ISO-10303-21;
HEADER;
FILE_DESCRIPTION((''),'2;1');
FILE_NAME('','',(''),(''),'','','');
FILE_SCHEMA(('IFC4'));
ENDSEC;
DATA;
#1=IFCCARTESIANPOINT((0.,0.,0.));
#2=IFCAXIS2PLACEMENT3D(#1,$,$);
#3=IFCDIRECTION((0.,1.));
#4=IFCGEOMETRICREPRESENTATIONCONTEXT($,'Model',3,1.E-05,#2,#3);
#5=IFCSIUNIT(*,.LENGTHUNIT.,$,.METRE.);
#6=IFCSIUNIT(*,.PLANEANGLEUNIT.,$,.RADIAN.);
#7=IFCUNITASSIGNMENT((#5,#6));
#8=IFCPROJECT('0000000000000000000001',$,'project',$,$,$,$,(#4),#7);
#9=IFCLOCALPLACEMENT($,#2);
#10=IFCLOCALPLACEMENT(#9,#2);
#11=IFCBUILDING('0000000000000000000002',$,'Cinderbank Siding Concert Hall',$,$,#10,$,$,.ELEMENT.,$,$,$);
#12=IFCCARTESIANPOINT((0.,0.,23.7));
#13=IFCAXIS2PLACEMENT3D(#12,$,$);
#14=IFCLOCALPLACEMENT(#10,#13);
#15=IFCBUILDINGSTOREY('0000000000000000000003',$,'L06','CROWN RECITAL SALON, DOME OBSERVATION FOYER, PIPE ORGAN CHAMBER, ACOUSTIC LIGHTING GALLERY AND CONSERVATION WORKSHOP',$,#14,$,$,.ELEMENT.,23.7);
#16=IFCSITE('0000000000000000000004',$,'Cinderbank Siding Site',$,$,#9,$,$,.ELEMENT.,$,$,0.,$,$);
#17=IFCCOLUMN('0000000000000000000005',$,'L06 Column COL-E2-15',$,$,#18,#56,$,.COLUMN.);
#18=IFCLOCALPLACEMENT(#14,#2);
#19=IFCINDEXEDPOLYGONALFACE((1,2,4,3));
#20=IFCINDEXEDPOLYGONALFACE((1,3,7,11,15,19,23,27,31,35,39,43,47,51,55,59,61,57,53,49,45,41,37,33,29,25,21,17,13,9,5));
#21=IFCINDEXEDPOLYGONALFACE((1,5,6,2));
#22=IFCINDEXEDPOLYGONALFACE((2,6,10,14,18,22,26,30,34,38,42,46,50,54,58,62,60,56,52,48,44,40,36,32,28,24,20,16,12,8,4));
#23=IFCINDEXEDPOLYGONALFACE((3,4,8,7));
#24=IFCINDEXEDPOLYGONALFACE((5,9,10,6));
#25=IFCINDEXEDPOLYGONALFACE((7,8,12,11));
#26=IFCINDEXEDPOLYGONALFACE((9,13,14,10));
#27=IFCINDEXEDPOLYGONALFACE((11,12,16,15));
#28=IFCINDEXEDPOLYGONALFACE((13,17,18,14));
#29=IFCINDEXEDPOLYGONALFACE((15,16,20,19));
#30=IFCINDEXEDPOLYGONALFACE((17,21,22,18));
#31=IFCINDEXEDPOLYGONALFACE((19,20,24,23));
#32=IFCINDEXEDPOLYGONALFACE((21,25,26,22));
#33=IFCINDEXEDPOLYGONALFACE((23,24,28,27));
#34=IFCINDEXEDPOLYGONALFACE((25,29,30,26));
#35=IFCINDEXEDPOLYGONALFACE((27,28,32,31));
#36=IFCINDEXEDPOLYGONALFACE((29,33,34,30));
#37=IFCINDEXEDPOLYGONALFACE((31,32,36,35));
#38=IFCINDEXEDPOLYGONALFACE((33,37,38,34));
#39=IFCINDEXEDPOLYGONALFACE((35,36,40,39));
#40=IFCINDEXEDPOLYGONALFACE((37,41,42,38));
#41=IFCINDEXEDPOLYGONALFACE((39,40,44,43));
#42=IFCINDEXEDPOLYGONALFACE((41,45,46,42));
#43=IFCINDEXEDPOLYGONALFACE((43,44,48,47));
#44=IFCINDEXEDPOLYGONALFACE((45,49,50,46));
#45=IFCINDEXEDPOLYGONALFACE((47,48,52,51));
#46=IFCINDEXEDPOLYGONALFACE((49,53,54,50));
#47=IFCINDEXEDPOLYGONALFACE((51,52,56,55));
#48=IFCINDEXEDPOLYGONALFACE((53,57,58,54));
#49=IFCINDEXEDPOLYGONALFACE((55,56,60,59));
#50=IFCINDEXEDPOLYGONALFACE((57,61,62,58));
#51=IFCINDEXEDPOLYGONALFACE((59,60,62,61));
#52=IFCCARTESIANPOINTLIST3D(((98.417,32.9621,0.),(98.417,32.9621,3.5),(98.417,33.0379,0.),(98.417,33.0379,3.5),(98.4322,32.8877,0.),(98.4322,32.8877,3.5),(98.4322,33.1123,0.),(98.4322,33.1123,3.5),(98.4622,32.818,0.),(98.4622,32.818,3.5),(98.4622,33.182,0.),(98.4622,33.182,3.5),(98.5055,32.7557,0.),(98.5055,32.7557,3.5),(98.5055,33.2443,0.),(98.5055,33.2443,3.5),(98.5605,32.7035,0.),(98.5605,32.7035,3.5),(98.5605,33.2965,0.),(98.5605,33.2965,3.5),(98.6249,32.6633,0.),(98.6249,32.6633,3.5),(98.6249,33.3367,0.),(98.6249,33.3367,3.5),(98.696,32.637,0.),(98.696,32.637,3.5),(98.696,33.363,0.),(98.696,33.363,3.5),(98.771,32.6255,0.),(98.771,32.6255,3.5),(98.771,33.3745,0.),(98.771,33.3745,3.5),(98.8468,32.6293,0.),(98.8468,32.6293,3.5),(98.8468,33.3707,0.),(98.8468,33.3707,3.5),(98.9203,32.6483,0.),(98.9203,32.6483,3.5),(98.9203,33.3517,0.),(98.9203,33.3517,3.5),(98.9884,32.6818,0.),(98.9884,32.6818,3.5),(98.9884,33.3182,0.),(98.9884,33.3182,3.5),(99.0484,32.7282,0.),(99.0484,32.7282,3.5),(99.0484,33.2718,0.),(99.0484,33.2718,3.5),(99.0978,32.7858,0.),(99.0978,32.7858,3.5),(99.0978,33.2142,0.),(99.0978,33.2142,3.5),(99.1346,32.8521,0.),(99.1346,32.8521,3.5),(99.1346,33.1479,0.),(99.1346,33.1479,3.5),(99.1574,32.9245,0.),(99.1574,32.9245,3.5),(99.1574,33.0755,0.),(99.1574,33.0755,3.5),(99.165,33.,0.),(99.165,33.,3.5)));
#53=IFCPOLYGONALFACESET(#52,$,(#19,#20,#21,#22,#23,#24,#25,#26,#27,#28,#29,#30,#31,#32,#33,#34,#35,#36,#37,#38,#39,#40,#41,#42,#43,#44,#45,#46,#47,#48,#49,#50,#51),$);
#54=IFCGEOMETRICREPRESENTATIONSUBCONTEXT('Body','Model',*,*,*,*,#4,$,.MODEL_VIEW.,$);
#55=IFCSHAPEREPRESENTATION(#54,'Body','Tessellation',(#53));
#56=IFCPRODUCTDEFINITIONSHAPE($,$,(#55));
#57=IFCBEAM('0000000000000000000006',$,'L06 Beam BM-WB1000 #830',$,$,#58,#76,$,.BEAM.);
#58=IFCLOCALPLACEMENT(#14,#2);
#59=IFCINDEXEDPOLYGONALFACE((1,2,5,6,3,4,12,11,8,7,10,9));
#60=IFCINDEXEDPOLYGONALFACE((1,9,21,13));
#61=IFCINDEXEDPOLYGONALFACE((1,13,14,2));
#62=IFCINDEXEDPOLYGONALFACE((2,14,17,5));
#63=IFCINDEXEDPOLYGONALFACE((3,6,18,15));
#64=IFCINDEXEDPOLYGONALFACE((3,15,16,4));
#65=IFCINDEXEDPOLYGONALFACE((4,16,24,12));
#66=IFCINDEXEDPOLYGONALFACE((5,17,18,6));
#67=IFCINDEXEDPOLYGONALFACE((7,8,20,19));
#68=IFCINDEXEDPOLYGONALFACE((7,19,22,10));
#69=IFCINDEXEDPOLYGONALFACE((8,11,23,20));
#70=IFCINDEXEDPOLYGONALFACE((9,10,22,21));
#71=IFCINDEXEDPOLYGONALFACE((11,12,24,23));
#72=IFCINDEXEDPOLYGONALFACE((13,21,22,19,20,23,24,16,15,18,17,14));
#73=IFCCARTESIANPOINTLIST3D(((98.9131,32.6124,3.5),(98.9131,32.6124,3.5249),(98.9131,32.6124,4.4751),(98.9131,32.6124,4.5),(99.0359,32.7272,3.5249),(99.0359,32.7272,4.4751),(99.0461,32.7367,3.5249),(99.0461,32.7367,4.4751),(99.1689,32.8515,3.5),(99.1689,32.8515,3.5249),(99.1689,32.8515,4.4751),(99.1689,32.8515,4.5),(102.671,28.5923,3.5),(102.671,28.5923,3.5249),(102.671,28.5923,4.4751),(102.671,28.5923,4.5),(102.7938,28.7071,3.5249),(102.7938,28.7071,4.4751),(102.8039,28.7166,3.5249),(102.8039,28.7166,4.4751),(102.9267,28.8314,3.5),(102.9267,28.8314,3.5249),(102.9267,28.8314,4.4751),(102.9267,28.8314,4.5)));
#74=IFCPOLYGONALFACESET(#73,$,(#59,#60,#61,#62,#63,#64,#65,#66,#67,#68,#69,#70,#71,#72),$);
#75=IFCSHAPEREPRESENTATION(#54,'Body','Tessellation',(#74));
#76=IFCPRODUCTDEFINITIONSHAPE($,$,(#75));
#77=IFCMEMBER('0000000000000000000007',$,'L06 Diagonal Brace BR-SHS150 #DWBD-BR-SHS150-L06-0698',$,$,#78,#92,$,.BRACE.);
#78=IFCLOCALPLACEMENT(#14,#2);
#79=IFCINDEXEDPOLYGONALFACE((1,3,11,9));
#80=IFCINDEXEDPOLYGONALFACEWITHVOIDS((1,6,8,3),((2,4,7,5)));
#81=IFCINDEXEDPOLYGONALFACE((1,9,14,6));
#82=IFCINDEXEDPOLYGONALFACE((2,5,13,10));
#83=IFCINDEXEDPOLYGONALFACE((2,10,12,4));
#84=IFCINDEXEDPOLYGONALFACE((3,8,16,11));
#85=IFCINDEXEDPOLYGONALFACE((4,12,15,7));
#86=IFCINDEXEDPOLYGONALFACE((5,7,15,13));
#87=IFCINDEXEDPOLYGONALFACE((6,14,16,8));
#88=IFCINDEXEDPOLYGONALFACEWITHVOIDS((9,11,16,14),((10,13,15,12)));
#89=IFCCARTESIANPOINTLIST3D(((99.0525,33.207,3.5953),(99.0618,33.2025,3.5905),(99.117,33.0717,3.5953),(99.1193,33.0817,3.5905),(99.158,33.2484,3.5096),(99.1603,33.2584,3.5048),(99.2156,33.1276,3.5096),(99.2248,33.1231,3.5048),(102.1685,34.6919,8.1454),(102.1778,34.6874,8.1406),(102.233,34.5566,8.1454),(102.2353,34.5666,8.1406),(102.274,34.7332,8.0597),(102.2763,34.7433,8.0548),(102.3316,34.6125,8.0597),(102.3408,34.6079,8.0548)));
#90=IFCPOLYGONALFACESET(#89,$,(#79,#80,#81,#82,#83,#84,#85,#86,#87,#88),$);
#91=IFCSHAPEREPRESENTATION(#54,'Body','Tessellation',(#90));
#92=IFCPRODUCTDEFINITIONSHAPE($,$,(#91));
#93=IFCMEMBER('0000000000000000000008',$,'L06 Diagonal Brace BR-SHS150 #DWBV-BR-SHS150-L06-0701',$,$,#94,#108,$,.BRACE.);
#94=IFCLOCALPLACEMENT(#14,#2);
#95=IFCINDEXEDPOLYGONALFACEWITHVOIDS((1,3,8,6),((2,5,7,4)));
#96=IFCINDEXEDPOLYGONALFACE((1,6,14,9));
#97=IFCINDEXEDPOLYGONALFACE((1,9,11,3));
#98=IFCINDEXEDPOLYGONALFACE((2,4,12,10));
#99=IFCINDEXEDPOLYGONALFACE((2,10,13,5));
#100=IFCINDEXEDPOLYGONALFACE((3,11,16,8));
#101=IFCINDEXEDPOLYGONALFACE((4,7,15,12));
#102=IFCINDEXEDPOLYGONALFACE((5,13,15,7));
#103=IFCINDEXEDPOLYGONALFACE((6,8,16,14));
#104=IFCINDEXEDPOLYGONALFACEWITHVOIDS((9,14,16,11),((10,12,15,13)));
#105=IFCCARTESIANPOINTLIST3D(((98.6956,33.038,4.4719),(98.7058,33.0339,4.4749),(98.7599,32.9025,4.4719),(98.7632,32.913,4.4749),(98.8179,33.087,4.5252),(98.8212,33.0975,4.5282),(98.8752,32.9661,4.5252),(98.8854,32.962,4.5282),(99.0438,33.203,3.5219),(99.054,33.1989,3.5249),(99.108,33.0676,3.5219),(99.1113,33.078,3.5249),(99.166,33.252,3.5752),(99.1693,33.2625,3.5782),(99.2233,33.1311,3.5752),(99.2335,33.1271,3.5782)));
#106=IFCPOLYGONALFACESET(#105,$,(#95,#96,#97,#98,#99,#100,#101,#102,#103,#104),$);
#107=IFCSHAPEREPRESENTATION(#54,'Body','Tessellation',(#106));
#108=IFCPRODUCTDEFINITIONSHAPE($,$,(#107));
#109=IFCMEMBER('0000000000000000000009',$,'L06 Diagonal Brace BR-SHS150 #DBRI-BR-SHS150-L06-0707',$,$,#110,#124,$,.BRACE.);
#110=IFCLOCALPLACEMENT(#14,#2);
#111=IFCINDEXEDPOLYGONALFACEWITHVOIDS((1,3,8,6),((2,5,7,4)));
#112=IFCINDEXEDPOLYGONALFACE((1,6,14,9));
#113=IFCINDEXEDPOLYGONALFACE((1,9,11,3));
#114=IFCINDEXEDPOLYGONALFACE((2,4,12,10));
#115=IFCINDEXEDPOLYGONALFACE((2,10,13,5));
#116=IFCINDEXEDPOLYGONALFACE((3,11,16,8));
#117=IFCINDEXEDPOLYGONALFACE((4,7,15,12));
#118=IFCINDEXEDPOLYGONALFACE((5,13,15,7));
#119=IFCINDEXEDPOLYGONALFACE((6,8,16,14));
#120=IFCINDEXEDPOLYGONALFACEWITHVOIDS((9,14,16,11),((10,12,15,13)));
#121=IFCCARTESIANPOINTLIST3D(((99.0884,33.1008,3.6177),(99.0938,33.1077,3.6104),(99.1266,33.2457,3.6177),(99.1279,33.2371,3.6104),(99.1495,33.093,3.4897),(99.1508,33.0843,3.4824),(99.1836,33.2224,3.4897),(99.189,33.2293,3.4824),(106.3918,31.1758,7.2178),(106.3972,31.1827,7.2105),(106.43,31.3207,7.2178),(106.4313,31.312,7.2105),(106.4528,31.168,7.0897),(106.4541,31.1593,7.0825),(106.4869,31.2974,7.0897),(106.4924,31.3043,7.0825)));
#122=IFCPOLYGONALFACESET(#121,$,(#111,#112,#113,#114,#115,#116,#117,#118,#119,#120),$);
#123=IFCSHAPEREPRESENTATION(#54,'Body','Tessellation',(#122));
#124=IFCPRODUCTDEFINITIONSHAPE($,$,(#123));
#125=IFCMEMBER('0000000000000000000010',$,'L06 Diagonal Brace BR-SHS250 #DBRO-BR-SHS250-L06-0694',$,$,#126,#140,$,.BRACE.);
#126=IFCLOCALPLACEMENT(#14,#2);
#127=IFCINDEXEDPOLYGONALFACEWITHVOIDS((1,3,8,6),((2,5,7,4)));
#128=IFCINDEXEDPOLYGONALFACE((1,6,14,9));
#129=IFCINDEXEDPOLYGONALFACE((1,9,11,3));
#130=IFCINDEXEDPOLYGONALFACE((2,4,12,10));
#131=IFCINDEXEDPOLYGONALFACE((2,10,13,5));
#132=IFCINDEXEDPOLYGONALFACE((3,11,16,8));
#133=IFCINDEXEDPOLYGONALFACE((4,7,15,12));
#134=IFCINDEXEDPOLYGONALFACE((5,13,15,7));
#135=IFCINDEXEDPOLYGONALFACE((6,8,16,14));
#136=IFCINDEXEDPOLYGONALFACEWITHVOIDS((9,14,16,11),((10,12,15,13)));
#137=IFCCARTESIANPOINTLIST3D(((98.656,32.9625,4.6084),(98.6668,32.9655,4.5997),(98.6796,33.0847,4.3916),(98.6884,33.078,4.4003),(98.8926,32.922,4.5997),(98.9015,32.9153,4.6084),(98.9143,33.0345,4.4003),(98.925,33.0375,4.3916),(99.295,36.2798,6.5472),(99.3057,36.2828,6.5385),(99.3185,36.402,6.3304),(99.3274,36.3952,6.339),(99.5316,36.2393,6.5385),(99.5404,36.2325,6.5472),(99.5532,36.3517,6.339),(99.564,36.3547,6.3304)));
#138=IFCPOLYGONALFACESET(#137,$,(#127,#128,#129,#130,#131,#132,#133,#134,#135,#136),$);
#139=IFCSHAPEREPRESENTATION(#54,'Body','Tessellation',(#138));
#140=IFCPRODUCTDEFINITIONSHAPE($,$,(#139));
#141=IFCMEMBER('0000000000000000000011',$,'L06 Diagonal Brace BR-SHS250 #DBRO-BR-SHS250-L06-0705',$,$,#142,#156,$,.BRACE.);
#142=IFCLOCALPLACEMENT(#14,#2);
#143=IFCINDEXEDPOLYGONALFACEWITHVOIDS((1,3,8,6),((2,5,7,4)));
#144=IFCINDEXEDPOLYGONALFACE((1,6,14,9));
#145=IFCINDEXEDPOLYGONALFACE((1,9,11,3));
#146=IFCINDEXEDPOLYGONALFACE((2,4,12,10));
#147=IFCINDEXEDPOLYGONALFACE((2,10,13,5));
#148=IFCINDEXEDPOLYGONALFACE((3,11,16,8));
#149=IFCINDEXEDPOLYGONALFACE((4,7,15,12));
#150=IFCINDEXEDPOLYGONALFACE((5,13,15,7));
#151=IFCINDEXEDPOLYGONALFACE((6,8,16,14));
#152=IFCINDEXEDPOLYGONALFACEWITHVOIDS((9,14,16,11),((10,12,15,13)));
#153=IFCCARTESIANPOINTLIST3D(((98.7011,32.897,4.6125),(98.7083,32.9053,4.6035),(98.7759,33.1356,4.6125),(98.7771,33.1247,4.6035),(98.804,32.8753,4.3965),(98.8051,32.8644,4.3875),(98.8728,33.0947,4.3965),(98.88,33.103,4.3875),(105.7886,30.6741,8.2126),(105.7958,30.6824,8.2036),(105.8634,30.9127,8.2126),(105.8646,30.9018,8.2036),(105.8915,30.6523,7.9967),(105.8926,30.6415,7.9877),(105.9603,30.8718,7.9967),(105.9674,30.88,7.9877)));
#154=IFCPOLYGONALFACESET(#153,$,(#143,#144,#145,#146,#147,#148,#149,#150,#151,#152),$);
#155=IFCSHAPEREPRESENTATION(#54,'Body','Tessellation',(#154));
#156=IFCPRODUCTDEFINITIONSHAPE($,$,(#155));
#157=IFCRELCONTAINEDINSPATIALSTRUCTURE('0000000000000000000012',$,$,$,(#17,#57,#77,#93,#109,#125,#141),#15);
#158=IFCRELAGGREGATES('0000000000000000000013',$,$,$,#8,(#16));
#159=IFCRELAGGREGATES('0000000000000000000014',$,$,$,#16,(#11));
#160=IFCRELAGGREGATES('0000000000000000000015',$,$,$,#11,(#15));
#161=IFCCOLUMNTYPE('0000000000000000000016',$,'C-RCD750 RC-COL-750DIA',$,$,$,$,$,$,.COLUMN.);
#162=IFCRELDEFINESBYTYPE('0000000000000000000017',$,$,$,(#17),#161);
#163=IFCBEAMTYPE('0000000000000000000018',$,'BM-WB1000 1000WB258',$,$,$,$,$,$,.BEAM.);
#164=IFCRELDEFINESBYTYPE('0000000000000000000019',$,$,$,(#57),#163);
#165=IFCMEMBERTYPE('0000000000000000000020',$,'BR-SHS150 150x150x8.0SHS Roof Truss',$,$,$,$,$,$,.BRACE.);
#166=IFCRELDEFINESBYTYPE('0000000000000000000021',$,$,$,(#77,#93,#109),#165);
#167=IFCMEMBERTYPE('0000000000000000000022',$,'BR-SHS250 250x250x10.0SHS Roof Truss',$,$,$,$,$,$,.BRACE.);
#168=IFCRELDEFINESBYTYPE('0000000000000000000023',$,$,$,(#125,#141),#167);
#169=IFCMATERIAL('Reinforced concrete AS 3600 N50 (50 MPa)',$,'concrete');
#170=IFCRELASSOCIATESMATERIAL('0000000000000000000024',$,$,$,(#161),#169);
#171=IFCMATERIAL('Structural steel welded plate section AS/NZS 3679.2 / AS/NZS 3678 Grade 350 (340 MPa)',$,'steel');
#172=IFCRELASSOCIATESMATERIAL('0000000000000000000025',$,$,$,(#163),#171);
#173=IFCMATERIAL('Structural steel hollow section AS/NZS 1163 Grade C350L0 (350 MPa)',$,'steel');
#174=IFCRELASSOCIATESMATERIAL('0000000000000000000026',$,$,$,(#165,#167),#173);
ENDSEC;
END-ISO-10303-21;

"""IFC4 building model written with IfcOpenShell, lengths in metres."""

from ifc_helpers import new_model, si_unit, direction, frame, origin, origin_2d, place, context, subcontext, project, spatial, hollow_rectangle, circle, i_section, extrude, material, material_profile, profile_set, type_object, element, save


model = new_model("IFC4")

# Units and contexts
model_context = context("Model", 3, precision=1e-05, world=origin(), true_north=direction((0.0, 1.0)))
body_context = subcontext(model_context, "Body", "Model", "MODEL_VIEW")
ifc_project = project(units=[si_unit("LENGTHUNIT", "METRE"), si_unit("PLANEANGLEUNIT", "RADIAN")], contexts=[model_context])

# Site, building, storey
site_placement = place(None, origin())
site = spatial("IfcSite", under=ifc_project, at=site_placement, Name="Cinderbank Siding Site", CompositionType="ELEMENT", RefElevation=0.0)
building_placement = place(site_placement, origin())
building = spatial("IfcBuilding", under=site, at=building_placement, Name="Cinderbank Siding Concert Hall", CompositionType="ELEMENT")
storey_placement = place(building_placement, frame((0.0, 0.0, 23.7)))
storey = spatial("IfcBuildingStorey", under=building, at=storey_placement, Name="L06", Description="CROWN RECITAL SALON, DOME OBSERVATION FOYER, PIPE ORGAN CHAMBER, ACOUSTIC LIGHTING GALLERY AND CONSERVATION WORKSHOP", CompositionType="ELEMENT", Elevation=23.7)

# Column
ifc_material_1 = material(Name="Reinforced concrete AS 3600 N50 (50 MPa)", Category="concrete")
ifc_material_profile_1 = material_profile(ifc_material_1, circle(Radius=0.375, at=origin_2d()), Name="RC-COL-750DIA", Category="LoadBearing")
ifc_profile_set_1 = profile_set([ifc_material_profile_1], Name="Reinforced concrete AS 3600 N50 (50 MPa)")
column_type = type_object("IfcColumnType", Name="C-RCD750 RC-COL-750DIA", PredefinedType="COLUMN", material=ifc_profile_set_1)
column_placement = place(storey_placement, frame((98.79, 33.0, 0.0), z_axis=(0.0, 0.0, 1.0), x_axis=(1.0, 0.0, 0.0)))
element("IfcColumn", 1, at=column_placement, inside=storey, type_object=column_type, Name="L06 Column COL-E2-15", PredefinedType="COLUMN", context=body_context, shape_type="SweptSolid", body=[
    extrude(circle(Radius=0.375, at=origin_2d()), origin(), (0.0, 0.0, 1.0), 3.5),
])

# Beam
ifc_material_2 = material(Name="Structural steel welded plate section AS/NZS 3679.2 / AS/NZS 3678 Grade 350 (340 MPa)", Category="steel")
ifc_material_profile_2 = material_profile(ifc_material_2, i_section(OverallWidth=0.3501, OverallDepth=1.0, WebThickness=0.0139, FlangeThickness=0.0249, at=origin_2d()), Name="1000WB258", Category="LoadBearing")
ifc_profile_set_2 = profile_set([ifc_material_profile_2], Name="Structural steel welded plate section AS/NZS 3679.2 / AS/NZS 3678 Grade 350 (340 MPa)")
beam_type = type_object("IfcBeamType", Name="BM-WB1000 1000WB258", PredefinedType="BEAM", material=ifc_profile_set_2)
beam_placement = place(storey_placement, frame((99.041, 32.7319, 4.0), z_axis=(0.682881, -0.73053, 0.0), x_axis=(0.73053, 0.682881, 0.0)))
element("IfcBeam", 2, at=beam_placement, inside=storey, type_object=beam_type, Name="L06 Beam BM-WB1000 #830", PredefinedType="BEAM", context=body_context, shape_type="SweptSolid", body=[
    extrude(i_section(OverallWidth=0.3501, OverallDepth=1.0, WebThickness=0.0139, FlangeThickness=0.0249, at=origin_2d()), origin(), (0.0, 0.0, 1.0), 5.5029),
])

# Members
ifc_material_3 = material(Name="Structural steel hollow section AS/NZS 1163 Grade C350L0 (350 MPa)", Category="steel")
ifc_material_profile_3 = material_profile(ifc_material_3, hollow_rectangle(XDim=0.1499, YDim=0.1499, WallThickness=0.0081, at=origin_2d()), Name="150x150x8.0SHS", Category="LoadBearing")
ifc_profile_set_3 = profile_set([ifc_material_profile_3], Name="Structural steel hollow section AS/NZS 1163 Grade C350L0 (350 MPa)")
member_type_1 = type_object("IfcMemberType", Name="BR-SHS150 150x150x8.0SHS Roof Truss", PredefinedType="BRACE", material=ifc_profile_set_3)
member_1_placement = place(storey_placement, frame((99.1387, 33.165, 3.55), z_axis=(0.545595, 0.259995, 0.796698), x_axis=(-0.430186, 0.90274, 0.0)))
element("IfcMember", 3, at=member_1_placement, inside=storey, type_object=member_type_1, Name="L06 Diagonal Brace BR-SHS150 #DWBD-BR-SHS150-L06-0698", PredefinedType="BRACE", context=body_context, shape_type="SweptSolid", body=[
    extrude(hollow_rectangle(XDim=0.1499, YDim=0.1499, WallThickness=0.0081, at=origin_2d()), origin(), (0.0, 0.0, 1.0), 5.7112),
])
member_2_placement = place(storey_placement, frame((99.1387, 33.165, 3.55), z_axis=(-0.339617, -0.160997, 0.926683), x_axis=(0.428359, -0.903609, 0.0)))
element("IfcMember", 4, at=member_2_placement, inside=storey, type_object=member_type_1, Name="L06 Diagonal Brace BR-SHS150 #DWBV-BR-SHS150-L06-0701", PredefinedType="BRACE", context=body_context, shape_type="SweptSolid", body=[
    extrude(hollow_rectangle(XDim=0.1499, YDim=0.1499, WallThickness=0.0081, at=origin_2d()), origin(), (0.0, 0.0, 1.0), 1.0251),
])
member_3_placement = place(storey_placement, frame((99.1387, 33.165, 3.55), z_axis=(0.872887, -0.230076, 0.430272), x_axis=(0.254875, 0.966974, 0.0)))
element("IfcMember", 5, at=member_3_placement, inside=storey, type_object=member_type_1, Name="L06 Diagonal Brace BR-SHS150 #DBRI-BR-SHS150-L06-0707", PredefinedType="BRACE", context=body_context, shape_type="SweptSolid", body=[
    extrude(hollow_rectangle(XDim=0.1499, YDim=0.1499, WallThickness=0.0081, at=origin_2d()), origin(), (0.0, 0.0, 1.0), 8.3669),
])
ifc_material_profile_4 = material_profile(ifc_material_3, hollow_rectangle(XDim=0.25, YDim=0.25, WallThickness=0.01, at=origin_2d()), Name="250x250x10.0SHS", Category="LoadBearing")
ifc_profile_set_4 = profile_set([ifc_material_profile_4], Name="Structural steel hollow section AS/NZS 1163 Grade C350L0 (350 MPa)")
member_type_2 = type_object("IfcMemberType", Name="BR-SHS250 250x250x10.0SHS Roof Truss", PredefinedType="BRACE", material=ifc_profile_set_4)
member_4_placement = place(storey_placement, frame((98.7905, 33.0, 4.5), z_axis=(0.164039, 0.851662, 0.497759), x_axis=(-0.981951, 0.189134, 0.0)))
element("IfcMember", 6, at=member_4_placement, inside=storey, type_object=member_type_2, Name="L06 Diagonal Brace BR-SHS250 #DBRO-BR-SHS250-L06-0694", PredefinedType="BRACE", context=body_context, shape_type="SweptSolid", body=[
    extrude(hollow_rectangle(XDim=0.25, YDim=0.25, WallThickness=0.01, at=origin_2d()), origin(), (0.0, 0.0, 1.0), 3.895),
])
member_5_placement = place(storey_placement, frame((98.7905, 33.0, 4.5), z_axis=(0.858633, -0.269303, 0.436149), x_axis=(0.299267, 0.954169, 0.0)))
element("IfcMember", 7, at=member_5_placement, inside=storey, type_object=member_type_2, Name="L06 Diagonal Brace BR-SHS250 #DBRO-BR-SHS250-L06-0705", PredefinedType="BRACE", context=body_context, shape_type="SweptSolid", body=[
    extrude(hollow_rectangle(XDim=0.25, YDim=0.25, WallThickness=0.01, at=origin_2d()), origin(), (0.0, 0.0, 1.0), 8.2544),
])

save(model, "model.ifc")
